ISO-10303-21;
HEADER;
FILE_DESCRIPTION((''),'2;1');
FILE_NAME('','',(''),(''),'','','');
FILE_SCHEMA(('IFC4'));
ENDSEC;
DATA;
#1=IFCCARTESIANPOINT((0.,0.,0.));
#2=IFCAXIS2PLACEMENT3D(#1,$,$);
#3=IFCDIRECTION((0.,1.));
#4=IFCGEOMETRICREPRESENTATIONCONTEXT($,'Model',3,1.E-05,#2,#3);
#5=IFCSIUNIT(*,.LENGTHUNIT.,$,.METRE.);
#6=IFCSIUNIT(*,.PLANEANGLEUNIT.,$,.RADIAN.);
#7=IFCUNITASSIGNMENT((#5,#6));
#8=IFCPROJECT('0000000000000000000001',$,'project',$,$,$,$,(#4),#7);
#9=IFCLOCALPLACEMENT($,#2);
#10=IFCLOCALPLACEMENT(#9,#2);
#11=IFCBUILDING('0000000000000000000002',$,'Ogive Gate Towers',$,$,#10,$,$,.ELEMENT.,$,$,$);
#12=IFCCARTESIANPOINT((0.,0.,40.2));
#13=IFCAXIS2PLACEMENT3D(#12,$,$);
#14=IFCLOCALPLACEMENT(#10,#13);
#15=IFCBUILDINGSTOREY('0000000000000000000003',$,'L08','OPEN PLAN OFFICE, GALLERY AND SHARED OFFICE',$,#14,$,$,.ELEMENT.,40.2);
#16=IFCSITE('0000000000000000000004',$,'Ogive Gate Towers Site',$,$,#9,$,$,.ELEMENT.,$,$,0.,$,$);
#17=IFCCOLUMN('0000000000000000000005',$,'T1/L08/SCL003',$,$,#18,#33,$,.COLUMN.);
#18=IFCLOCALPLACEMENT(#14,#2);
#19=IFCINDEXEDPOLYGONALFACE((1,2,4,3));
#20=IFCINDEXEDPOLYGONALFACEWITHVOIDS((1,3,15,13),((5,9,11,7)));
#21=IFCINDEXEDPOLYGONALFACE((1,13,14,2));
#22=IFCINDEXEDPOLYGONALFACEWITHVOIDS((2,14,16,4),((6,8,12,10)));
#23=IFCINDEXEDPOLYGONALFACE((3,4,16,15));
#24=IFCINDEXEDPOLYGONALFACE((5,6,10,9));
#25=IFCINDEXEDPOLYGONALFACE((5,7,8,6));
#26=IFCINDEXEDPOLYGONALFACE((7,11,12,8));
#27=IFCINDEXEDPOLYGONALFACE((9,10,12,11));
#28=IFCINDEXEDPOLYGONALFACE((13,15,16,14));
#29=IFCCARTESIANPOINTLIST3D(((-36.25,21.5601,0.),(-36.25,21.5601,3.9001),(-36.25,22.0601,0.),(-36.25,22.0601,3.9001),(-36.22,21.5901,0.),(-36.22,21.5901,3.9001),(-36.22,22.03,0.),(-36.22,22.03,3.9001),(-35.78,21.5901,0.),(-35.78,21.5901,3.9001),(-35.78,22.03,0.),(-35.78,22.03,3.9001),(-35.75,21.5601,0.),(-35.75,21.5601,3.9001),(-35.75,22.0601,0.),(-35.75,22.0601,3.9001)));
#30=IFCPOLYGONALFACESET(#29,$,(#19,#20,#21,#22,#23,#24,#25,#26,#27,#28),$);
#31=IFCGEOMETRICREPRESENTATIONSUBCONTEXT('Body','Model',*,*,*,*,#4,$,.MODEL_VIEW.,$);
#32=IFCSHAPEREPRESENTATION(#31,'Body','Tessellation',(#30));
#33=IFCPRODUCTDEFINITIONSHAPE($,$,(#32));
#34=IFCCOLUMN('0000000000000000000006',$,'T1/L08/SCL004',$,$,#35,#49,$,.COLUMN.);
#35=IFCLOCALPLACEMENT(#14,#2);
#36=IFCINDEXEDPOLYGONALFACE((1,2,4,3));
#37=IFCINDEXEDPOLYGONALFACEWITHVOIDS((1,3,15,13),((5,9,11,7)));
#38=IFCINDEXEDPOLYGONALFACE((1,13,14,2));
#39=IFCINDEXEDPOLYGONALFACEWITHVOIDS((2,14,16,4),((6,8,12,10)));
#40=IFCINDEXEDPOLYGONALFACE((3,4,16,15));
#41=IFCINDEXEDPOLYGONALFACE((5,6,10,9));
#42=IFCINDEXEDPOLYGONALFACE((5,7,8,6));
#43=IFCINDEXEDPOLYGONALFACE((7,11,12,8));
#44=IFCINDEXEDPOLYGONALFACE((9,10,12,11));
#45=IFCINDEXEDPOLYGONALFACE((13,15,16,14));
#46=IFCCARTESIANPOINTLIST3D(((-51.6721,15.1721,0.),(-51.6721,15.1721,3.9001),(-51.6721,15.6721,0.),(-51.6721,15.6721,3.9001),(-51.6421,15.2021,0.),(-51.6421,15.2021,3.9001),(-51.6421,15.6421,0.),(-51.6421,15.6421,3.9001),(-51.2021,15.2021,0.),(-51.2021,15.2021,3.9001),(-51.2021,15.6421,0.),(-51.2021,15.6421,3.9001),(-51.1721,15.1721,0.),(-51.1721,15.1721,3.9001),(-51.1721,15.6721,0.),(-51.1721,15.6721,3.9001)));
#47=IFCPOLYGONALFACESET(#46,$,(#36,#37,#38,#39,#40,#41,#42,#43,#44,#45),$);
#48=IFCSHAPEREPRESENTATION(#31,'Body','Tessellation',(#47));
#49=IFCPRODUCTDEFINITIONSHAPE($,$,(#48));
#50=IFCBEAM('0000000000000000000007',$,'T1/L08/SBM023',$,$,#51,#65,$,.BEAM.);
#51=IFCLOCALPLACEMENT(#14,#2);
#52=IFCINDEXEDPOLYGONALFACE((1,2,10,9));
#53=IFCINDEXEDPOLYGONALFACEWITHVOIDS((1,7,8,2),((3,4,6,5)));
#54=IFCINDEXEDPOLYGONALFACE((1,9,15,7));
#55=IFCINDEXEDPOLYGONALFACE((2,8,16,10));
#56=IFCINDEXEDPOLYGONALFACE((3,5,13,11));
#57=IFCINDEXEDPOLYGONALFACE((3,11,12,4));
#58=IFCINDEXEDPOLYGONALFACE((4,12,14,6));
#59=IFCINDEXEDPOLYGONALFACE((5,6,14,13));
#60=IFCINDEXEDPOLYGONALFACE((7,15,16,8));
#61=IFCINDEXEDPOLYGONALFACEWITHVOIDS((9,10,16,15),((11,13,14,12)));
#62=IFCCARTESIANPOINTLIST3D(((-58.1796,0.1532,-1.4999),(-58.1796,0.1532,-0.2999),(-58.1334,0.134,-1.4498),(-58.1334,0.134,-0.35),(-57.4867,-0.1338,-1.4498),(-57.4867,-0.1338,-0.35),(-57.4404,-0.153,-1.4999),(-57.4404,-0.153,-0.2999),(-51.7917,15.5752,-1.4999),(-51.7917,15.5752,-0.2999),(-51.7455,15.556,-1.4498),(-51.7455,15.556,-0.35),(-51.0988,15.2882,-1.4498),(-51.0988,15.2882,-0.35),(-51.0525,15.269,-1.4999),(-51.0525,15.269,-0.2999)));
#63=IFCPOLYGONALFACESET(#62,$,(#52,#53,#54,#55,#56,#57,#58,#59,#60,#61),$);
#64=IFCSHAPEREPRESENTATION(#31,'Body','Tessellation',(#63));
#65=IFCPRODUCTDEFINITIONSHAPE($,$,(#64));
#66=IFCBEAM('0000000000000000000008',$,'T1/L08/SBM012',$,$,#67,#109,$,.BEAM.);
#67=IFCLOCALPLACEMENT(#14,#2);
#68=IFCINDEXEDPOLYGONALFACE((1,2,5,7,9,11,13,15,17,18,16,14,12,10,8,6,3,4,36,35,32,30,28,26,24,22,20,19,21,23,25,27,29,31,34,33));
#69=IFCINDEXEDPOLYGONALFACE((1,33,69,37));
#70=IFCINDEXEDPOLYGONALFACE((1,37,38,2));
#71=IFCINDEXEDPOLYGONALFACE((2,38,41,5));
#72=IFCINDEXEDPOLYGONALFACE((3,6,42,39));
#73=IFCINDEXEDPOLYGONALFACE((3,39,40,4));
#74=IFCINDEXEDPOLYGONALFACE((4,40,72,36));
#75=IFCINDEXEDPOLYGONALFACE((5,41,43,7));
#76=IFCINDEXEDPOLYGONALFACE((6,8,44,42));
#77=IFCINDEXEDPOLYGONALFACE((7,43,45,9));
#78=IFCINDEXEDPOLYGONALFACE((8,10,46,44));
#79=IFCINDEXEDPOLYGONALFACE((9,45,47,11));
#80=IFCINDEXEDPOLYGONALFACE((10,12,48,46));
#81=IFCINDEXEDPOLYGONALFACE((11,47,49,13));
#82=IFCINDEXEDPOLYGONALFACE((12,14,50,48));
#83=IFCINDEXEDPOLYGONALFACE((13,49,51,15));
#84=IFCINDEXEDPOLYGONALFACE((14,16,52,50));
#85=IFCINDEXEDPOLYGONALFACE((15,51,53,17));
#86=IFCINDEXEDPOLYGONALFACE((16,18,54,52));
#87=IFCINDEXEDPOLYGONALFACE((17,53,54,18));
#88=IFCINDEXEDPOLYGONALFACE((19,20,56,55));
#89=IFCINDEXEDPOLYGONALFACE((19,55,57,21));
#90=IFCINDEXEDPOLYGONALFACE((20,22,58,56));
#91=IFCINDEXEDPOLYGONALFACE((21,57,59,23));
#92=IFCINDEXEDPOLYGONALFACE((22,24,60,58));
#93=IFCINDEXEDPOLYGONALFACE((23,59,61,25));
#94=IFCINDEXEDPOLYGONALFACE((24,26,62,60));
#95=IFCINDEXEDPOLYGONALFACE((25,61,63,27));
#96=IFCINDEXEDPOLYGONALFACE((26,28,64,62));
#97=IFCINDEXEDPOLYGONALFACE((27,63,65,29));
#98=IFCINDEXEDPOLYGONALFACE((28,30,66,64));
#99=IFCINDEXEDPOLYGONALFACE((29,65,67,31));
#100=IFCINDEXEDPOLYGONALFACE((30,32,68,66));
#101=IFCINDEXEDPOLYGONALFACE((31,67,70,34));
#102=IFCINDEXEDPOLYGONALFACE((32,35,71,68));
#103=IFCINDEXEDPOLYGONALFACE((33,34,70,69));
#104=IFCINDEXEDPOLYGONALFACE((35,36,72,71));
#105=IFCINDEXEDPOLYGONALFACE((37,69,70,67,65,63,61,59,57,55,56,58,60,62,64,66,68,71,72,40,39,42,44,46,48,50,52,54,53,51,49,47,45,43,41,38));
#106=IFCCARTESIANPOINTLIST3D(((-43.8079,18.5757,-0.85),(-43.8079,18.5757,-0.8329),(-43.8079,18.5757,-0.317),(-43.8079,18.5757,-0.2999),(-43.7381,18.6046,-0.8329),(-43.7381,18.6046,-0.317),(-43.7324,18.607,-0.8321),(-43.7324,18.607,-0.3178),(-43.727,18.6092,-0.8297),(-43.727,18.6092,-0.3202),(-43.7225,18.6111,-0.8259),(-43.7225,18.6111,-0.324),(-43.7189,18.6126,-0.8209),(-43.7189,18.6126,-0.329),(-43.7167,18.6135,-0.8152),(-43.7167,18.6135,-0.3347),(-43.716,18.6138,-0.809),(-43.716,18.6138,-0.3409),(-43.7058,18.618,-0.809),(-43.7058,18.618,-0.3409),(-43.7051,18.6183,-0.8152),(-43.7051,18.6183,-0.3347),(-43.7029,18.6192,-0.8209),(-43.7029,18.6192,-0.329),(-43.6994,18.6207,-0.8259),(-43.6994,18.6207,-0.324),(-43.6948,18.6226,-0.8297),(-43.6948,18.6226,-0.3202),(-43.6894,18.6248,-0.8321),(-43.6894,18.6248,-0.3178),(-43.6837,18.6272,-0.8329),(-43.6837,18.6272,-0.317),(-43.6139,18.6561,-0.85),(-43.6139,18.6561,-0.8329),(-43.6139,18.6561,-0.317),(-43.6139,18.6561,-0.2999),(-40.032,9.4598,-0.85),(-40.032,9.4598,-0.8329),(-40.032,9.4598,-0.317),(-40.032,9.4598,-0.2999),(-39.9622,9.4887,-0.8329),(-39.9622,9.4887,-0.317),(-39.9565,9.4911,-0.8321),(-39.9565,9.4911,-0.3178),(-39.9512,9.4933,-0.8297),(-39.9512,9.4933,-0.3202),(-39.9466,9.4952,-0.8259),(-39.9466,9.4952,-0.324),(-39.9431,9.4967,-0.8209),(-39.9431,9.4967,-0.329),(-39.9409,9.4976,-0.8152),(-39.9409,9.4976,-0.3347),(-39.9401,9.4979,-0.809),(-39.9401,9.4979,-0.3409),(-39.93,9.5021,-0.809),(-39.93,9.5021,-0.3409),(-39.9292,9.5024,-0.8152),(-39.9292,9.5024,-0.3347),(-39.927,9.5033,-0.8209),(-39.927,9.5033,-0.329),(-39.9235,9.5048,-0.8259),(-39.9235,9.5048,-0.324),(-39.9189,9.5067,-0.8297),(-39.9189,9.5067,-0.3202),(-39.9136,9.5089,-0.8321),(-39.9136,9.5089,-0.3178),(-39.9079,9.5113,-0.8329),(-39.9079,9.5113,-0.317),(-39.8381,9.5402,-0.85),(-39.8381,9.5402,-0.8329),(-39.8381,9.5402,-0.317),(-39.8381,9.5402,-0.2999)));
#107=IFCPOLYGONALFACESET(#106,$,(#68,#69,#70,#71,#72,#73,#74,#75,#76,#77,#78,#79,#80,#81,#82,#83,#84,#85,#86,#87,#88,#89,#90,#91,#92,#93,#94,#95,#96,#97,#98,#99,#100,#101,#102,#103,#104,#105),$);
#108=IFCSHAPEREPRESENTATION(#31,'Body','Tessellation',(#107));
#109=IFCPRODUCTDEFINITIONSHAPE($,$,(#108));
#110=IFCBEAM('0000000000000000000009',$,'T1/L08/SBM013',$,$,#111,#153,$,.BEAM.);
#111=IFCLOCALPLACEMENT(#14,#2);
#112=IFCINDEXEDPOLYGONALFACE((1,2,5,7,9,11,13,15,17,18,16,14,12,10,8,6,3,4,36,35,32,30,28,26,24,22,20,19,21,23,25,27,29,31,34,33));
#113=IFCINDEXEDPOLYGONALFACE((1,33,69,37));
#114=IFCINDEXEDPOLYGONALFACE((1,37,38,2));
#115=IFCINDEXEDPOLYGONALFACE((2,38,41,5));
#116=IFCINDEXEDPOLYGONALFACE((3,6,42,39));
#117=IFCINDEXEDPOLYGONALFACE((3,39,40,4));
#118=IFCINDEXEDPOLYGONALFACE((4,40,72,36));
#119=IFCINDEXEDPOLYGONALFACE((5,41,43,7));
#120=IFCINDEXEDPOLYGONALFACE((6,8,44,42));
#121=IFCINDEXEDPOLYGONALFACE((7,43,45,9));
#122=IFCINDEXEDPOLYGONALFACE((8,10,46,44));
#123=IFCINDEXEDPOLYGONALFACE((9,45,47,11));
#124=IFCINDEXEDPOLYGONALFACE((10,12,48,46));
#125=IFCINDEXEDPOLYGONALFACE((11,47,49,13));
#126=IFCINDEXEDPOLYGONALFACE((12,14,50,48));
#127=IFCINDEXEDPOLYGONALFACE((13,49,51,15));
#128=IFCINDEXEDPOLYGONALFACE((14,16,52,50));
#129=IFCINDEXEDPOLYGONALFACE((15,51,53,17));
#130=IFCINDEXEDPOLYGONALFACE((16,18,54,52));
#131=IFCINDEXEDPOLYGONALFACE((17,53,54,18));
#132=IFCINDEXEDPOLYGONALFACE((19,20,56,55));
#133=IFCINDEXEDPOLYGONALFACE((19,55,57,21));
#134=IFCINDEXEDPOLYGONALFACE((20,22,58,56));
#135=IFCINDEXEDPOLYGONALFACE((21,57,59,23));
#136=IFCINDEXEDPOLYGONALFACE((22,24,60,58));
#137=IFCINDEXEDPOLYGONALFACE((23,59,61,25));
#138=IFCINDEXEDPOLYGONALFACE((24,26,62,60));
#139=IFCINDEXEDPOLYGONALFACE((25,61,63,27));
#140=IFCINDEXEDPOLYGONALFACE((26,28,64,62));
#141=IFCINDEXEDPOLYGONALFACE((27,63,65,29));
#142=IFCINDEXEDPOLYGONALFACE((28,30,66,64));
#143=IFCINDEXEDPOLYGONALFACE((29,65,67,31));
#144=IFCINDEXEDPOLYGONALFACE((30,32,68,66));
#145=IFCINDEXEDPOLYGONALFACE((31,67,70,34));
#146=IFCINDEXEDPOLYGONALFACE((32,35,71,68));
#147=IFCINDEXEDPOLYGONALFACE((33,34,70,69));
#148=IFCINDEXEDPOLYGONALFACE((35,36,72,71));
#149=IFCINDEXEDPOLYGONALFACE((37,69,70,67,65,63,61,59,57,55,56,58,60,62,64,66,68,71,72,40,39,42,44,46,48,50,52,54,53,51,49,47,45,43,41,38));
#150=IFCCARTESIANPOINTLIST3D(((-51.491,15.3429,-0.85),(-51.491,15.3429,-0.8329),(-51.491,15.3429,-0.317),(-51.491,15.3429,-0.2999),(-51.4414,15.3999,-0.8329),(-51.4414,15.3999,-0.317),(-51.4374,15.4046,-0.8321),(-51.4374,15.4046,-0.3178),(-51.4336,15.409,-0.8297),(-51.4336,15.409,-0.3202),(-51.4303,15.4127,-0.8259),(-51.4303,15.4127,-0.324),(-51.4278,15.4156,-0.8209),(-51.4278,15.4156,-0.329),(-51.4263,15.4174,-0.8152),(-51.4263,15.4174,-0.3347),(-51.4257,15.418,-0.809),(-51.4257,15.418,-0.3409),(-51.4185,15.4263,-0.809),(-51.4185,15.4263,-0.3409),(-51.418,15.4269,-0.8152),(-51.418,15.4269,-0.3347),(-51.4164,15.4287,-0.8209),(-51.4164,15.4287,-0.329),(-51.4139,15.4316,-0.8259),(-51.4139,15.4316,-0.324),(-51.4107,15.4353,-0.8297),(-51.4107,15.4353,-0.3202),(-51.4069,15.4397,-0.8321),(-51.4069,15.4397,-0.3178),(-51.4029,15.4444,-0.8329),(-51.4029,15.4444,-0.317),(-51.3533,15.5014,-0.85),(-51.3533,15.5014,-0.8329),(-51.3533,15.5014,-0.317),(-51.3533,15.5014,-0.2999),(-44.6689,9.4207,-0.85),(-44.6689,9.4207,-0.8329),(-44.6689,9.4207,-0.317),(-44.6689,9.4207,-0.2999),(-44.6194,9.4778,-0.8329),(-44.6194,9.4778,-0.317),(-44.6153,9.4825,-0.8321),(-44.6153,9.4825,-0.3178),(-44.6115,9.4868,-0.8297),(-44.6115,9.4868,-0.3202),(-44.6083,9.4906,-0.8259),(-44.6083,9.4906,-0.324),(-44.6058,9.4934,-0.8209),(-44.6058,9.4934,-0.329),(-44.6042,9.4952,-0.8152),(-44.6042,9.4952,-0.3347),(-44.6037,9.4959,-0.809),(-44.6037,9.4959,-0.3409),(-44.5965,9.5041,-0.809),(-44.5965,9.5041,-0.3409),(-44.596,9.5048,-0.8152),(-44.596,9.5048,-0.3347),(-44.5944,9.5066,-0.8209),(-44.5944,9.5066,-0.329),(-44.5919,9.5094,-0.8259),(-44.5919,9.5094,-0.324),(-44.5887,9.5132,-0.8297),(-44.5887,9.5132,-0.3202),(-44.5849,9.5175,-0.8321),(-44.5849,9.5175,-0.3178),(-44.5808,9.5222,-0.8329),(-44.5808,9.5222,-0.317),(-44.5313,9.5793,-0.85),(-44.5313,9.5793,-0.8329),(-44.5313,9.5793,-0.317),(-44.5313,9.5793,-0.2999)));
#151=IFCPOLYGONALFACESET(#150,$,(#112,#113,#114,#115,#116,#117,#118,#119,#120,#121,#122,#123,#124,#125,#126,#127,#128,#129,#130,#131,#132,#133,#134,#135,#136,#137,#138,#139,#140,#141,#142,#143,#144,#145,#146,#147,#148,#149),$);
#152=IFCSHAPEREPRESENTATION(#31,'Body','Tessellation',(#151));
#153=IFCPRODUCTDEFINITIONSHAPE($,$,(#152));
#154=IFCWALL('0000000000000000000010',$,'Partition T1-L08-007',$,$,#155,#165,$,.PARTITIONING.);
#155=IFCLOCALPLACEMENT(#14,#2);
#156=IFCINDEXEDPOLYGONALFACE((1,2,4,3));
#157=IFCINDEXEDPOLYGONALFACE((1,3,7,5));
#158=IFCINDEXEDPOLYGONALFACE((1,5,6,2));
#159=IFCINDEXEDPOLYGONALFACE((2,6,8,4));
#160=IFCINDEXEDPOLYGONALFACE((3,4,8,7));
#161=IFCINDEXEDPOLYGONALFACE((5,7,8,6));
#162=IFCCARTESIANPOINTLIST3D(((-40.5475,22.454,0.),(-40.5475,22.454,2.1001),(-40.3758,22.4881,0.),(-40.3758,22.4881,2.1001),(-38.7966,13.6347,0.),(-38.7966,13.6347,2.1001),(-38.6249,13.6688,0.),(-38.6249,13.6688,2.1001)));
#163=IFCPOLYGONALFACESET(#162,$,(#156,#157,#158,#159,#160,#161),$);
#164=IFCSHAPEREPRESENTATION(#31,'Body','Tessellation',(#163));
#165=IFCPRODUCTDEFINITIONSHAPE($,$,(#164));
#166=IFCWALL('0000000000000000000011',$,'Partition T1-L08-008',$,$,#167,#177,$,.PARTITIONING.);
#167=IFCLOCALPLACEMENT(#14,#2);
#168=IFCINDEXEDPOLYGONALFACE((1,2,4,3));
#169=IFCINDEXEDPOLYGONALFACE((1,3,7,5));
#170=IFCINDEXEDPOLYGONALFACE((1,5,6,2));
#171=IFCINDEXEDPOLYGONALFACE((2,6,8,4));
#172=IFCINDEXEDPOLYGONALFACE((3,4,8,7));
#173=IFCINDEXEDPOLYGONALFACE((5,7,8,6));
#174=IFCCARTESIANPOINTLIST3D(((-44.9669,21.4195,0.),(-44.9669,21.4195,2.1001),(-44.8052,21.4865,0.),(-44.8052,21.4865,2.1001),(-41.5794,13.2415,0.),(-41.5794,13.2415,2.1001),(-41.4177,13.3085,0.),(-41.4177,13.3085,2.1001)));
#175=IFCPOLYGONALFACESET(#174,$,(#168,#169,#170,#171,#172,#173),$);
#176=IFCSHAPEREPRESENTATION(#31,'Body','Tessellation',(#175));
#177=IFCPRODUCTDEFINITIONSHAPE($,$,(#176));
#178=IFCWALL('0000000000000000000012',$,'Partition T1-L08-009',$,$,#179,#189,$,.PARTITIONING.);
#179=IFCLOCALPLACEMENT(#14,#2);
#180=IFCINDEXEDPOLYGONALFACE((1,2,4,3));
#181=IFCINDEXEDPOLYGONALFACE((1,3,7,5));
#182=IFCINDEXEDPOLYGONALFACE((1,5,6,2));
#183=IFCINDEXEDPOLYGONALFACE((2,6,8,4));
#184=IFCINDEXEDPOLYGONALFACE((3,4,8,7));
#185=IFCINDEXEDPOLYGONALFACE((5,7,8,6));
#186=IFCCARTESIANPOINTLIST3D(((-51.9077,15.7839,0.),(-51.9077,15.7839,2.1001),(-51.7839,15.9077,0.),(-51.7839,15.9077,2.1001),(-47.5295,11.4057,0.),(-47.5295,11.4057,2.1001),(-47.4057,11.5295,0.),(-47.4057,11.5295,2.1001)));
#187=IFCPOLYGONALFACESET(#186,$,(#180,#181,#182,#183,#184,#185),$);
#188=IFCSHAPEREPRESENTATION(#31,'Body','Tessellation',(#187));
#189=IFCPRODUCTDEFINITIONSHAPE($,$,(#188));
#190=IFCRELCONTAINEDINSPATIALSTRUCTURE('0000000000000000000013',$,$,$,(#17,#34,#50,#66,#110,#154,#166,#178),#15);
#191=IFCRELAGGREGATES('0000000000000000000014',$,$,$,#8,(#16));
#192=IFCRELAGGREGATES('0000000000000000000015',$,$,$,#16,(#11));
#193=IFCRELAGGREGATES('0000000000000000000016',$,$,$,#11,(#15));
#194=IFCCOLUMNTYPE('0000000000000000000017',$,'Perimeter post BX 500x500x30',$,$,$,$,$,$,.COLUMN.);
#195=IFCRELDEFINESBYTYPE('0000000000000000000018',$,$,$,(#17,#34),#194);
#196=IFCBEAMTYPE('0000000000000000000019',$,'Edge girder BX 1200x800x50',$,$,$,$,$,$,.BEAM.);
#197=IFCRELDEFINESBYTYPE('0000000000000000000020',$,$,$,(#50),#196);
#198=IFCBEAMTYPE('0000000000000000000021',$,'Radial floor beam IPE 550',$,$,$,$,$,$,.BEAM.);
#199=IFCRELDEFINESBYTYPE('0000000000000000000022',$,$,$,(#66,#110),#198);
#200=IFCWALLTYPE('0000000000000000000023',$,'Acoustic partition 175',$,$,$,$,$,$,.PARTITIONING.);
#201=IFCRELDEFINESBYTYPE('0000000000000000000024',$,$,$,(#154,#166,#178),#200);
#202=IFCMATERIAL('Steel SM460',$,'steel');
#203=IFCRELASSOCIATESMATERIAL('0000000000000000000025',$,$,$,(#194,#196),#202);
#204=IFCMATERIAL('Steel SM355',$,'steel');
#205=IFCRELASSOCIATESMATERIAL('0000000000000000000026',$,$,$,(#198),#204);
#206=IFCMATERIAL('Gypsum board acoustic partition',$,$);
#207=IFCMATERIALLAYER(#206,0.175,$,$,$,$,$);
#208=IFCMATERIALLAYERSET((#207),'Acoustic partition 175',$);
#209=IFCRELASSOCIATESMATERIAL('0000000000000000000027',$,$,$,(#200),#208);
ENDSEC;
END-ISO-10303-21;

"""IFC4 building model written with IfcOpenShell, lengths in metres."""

from ifc_helpers import new_model, si_unit, direction, frame, frame_2d, origin, origin_2d, place, context, subcontext, project, spatial, rectangle, hollow_rectangle, i_section, extrude, material, layer, layer_set, material_profile, profile_set, type_object, element, save


model = new_model("IFC4")

# Units and contexts
model_context = context("Model", 3, precision=1e-05, world=origin(), true_north=direction((0.0, 1.0)))
body_context = subcontext(model_context, "Body", "Model", "MODEL_VIEW")
ifc_project = project(units=[si_unit("LENGTHUNIT", "METRE"), si_unit("PLANEANGLEUNIT", "RADIAN")], contexts=[model_context])

# Site, building, storey
site_placement = place(None, origin())
site = spatial("IfcSite", under=ifc_project, at=site_placement, Name="Ogive Gate Towers Site", CompositionType="ELEMENT", RefElevation=0.0)
building_placement = place(site_placement, origin())
building = spatial("IfcBuilding", under=site, at=building_placement, Name="Ogive Gate Towers", CompositionType="ELEMENT")
storey_placement = place(building_placement, frame((0.0, 0.0, 40.2)))
storey = spatial("IfcBuildingStorey", under=building, at=storey_placement, Name="L08", Description="OPEN PLAN OFFICE, GALLERY AND SHARED OFFICE", CompositionType="ELEMENT", Elevation=40.2)

# Columns
ifc_material_1 = material(Name="Steel SM460", Category="steel")
ifc_material_profile_1 = material_profile(ifc_material_1, hollow_rectangle(XDim=0.5, YDim=0.5, WallThickness=0.03, at=origin_2d()), Name="BX 500x500x30")
ifc_profile_set_1 = profile_set([ifc_material_profile_1], Name="Steel SM460")
column_type = type_object("IfcColumnType", Name="Perimeter post BX 500x500x30", PredefinedType="COLUMN", material=ifc_profile_set_1)
for number, where, z_axis, x_axis, name in (
    (1, (-36.0, 21.8101, 0.0), (0.0, 0.0, 1.0), (1.0, 0.0, 0.0), "T1/L08/SCL003"),
    (2, (-51.4221, 15.4221, 0.0), (0.0, 0.0, 1.0), (1.0, 0.0, 0.0), "T1/L08/SCL004"),
):
    element("IfcColumn", number, at=place(storey_placement, frame(where, z_axis=z_axis, x_axis=x_axis)), inside=storey, type_object=column_type, Name=name, PredefinedType="COLUMN", context=body_context, shape_type="SweptSolid", body=[
        extrude(hollow_rectangle(XDim=0.5, YDim=0.5, WallThickness=0.03, at=origin_2d()), origin(), (0.0, 0.0, 1.0), 3.9001),
    ])

# Beams
ifc_material_profile_2 = material_profile(ifc_material_1, hollow_rectangle(XDim=0.8, YDim=1.2, WallThickness=0.05, at=origin_2d()), Name="BX 1200x800x50")
ifc_profile_set_2 = profile_set([ifc_material_profile_2], Name="Steel SM460")
beam_type_1 = type_object("IfcBeamType", Name="Edge girder BX 1200x800x50", PredefinedType="BEAM", material=ifc_profile_set_2)
beam_1_placement = place(storey_placement, frame((-51.4221, 15.4221, -0.8999), z_axis=(-0.382678, -0.923882, 0.0), x_axis=(0.923882, -0.382678, 0.0)))
element("IfcBeam", 3, at=beam_1_placement, inside=storey, type_object=beam_type_1, Name="T1/L08/SBM023", PredefinedType="BEAM", context=body_context, shape_type="SweptSolid", body=[
    extrude(hollow_rectangle(XDim=0.8, YDim=1.2, WallThickness=0.05, at=origin_2d()), origin(), (0.0, 0.0, 1.0), 16.6926),
])
ifc_material_2 = material(Name="Steel SM355", Category="steel")
ifc_material_profile_3 = material_profile(ifc_material_2, i_section(OverallWidth=0.21, OverallDepth=0.55, WebThickness=0.011, FlangeThickness=0.0171, FilletRadius=0.0239, at=origin_2d()), Name="IPE 550")
ifc_profile_set_3 = profile_set([ifc_material_profile_3], Name="Steel SM355")
beam_type_2 = type_object("IfcBeamType", Name="Radial floor beam IPE 550", PredefinedType="BEAM", material=ifc_profile_set_3)
beam_2_placement = place(storey_placement, frame((-39.9351, 9.5, -0.575), z_axis=(-0.382677, 0.923882, 0.0), x_axis=(-0.923882, -0.382677, 0.0)))
element("IfcBeam", 4, at=beam_2_placement, inside=storey, type_object=beam_type_2, Name="T1/L08/SBM012", PredefinedType="BEAM", context=body_context, shape_type="SweptSolid", body=[
    extrude(i_section(OverallWidth=0.21, OverallDepth=0.55, WebThickness=0.011, FlangeThickness=0.0171, FilletRadius=0.0239, at=origin_2d()), origin(), (0.0, 0.0, 1.0), 9.8669),
])
beam_3_placement = place(storey_placement, frame((-44.6001, 9.5, -0.575), z_axis=(-0.755157, 0.655544, 0.0), x_axis=(-0.655544, -0.755157, 0.0)))
element("IfcBeam", 5, at=beam_3_placement, inside=storey, type_object=beam_type_2, Name="T1/L08/SBM013", PredefinedType="BEAM", context=body_context, shape_type="SweptSolid", body=[
    extrude(i_section(OverallWidth=0.21, OverallDepth=0.55, WebThickness=0.011, FlangeThickness=0.0171, FilletRadius=0.0239, at=origin_2d()), origin(), (0.0, 0.0, 1.0), 9.0339),
])

# Walls
ifc_material_3 = material(Name="Gypsum board acoustic partition")
ifc_layer_1 = layer(ifc_material_3, 0.175)
ifc_layer_set_1 = layer_set([ifc_layer_1], Name="Acoustic partition 175")
wall_type_1 = type_object("IfcWallType", Name="Acoustic partition 175", PredefinedType="PARTITIONING", material=ifc_layer_set_1)
wall_1_placement = place(storey_placement, frame((-40.4617, 22.4709, 0.0), z_axis=(0.0, 0.0, 1.0), x_axis=(0.194737, -0.980855, 0.0)))
element("IfcWall", 6, at=wall_1_placement, inside=storey, type_object=wall_type_1, Name="Partition T1-L08-007", PredefinedType="PARTITIONING", context=body_context, shape_type="SweptSolid", body=[
    extrude(rectangle(XDim=8.9915, YDim=0.175, at=frame_2d((4.4956, 0.0))), origin(), (0.0, 0.0, 1.0), 2.1001),
])
wall_2_placement = place(storey_placement, frame((-44.886, 21.4529, 0.0), z_axis=(0.0, 0.0, 1.0), x_axis=(0.382686, -0.923879, 0.0)))
element("IfcWall", 7, at=wall_2_placement, inside=storey, type_object=wall_type_1, Name="Partition T1-L08-008", PredefinedType="PARTITIONING", context=body_context, shape_type="SweptSolid", body=[
    extrude(rectangle(XDim=8.8518, YDim=0.175, at=frame_2d((4.4258, 0.0))), origin(), (0.0, 0.0, 1.0), 2.1001),
])
wall_3_placement = place(storey_placement, frame((-51.8457, 15.8457, 0.0), z_axis=(0.0, 0.0, 1.0), x_axis=(0.707107, -0.707107, 0.0)))
element("IfcWall", 8, at=wall_3_placement, inside=storey, type_object=wall_type_1, Name="Partition T1-L08-009", PredefinedType="PARTITIONING", context=body_context, shape_type="SweptSolid", body=[
    extrude(rectangle(XDim=6.1917, YDim=0.175, at=frame_2d((3.0957, 0.0))), origin(), (0.0, 0.0, 1.0), 2.1001),
])

save(model, "model.ifc")
